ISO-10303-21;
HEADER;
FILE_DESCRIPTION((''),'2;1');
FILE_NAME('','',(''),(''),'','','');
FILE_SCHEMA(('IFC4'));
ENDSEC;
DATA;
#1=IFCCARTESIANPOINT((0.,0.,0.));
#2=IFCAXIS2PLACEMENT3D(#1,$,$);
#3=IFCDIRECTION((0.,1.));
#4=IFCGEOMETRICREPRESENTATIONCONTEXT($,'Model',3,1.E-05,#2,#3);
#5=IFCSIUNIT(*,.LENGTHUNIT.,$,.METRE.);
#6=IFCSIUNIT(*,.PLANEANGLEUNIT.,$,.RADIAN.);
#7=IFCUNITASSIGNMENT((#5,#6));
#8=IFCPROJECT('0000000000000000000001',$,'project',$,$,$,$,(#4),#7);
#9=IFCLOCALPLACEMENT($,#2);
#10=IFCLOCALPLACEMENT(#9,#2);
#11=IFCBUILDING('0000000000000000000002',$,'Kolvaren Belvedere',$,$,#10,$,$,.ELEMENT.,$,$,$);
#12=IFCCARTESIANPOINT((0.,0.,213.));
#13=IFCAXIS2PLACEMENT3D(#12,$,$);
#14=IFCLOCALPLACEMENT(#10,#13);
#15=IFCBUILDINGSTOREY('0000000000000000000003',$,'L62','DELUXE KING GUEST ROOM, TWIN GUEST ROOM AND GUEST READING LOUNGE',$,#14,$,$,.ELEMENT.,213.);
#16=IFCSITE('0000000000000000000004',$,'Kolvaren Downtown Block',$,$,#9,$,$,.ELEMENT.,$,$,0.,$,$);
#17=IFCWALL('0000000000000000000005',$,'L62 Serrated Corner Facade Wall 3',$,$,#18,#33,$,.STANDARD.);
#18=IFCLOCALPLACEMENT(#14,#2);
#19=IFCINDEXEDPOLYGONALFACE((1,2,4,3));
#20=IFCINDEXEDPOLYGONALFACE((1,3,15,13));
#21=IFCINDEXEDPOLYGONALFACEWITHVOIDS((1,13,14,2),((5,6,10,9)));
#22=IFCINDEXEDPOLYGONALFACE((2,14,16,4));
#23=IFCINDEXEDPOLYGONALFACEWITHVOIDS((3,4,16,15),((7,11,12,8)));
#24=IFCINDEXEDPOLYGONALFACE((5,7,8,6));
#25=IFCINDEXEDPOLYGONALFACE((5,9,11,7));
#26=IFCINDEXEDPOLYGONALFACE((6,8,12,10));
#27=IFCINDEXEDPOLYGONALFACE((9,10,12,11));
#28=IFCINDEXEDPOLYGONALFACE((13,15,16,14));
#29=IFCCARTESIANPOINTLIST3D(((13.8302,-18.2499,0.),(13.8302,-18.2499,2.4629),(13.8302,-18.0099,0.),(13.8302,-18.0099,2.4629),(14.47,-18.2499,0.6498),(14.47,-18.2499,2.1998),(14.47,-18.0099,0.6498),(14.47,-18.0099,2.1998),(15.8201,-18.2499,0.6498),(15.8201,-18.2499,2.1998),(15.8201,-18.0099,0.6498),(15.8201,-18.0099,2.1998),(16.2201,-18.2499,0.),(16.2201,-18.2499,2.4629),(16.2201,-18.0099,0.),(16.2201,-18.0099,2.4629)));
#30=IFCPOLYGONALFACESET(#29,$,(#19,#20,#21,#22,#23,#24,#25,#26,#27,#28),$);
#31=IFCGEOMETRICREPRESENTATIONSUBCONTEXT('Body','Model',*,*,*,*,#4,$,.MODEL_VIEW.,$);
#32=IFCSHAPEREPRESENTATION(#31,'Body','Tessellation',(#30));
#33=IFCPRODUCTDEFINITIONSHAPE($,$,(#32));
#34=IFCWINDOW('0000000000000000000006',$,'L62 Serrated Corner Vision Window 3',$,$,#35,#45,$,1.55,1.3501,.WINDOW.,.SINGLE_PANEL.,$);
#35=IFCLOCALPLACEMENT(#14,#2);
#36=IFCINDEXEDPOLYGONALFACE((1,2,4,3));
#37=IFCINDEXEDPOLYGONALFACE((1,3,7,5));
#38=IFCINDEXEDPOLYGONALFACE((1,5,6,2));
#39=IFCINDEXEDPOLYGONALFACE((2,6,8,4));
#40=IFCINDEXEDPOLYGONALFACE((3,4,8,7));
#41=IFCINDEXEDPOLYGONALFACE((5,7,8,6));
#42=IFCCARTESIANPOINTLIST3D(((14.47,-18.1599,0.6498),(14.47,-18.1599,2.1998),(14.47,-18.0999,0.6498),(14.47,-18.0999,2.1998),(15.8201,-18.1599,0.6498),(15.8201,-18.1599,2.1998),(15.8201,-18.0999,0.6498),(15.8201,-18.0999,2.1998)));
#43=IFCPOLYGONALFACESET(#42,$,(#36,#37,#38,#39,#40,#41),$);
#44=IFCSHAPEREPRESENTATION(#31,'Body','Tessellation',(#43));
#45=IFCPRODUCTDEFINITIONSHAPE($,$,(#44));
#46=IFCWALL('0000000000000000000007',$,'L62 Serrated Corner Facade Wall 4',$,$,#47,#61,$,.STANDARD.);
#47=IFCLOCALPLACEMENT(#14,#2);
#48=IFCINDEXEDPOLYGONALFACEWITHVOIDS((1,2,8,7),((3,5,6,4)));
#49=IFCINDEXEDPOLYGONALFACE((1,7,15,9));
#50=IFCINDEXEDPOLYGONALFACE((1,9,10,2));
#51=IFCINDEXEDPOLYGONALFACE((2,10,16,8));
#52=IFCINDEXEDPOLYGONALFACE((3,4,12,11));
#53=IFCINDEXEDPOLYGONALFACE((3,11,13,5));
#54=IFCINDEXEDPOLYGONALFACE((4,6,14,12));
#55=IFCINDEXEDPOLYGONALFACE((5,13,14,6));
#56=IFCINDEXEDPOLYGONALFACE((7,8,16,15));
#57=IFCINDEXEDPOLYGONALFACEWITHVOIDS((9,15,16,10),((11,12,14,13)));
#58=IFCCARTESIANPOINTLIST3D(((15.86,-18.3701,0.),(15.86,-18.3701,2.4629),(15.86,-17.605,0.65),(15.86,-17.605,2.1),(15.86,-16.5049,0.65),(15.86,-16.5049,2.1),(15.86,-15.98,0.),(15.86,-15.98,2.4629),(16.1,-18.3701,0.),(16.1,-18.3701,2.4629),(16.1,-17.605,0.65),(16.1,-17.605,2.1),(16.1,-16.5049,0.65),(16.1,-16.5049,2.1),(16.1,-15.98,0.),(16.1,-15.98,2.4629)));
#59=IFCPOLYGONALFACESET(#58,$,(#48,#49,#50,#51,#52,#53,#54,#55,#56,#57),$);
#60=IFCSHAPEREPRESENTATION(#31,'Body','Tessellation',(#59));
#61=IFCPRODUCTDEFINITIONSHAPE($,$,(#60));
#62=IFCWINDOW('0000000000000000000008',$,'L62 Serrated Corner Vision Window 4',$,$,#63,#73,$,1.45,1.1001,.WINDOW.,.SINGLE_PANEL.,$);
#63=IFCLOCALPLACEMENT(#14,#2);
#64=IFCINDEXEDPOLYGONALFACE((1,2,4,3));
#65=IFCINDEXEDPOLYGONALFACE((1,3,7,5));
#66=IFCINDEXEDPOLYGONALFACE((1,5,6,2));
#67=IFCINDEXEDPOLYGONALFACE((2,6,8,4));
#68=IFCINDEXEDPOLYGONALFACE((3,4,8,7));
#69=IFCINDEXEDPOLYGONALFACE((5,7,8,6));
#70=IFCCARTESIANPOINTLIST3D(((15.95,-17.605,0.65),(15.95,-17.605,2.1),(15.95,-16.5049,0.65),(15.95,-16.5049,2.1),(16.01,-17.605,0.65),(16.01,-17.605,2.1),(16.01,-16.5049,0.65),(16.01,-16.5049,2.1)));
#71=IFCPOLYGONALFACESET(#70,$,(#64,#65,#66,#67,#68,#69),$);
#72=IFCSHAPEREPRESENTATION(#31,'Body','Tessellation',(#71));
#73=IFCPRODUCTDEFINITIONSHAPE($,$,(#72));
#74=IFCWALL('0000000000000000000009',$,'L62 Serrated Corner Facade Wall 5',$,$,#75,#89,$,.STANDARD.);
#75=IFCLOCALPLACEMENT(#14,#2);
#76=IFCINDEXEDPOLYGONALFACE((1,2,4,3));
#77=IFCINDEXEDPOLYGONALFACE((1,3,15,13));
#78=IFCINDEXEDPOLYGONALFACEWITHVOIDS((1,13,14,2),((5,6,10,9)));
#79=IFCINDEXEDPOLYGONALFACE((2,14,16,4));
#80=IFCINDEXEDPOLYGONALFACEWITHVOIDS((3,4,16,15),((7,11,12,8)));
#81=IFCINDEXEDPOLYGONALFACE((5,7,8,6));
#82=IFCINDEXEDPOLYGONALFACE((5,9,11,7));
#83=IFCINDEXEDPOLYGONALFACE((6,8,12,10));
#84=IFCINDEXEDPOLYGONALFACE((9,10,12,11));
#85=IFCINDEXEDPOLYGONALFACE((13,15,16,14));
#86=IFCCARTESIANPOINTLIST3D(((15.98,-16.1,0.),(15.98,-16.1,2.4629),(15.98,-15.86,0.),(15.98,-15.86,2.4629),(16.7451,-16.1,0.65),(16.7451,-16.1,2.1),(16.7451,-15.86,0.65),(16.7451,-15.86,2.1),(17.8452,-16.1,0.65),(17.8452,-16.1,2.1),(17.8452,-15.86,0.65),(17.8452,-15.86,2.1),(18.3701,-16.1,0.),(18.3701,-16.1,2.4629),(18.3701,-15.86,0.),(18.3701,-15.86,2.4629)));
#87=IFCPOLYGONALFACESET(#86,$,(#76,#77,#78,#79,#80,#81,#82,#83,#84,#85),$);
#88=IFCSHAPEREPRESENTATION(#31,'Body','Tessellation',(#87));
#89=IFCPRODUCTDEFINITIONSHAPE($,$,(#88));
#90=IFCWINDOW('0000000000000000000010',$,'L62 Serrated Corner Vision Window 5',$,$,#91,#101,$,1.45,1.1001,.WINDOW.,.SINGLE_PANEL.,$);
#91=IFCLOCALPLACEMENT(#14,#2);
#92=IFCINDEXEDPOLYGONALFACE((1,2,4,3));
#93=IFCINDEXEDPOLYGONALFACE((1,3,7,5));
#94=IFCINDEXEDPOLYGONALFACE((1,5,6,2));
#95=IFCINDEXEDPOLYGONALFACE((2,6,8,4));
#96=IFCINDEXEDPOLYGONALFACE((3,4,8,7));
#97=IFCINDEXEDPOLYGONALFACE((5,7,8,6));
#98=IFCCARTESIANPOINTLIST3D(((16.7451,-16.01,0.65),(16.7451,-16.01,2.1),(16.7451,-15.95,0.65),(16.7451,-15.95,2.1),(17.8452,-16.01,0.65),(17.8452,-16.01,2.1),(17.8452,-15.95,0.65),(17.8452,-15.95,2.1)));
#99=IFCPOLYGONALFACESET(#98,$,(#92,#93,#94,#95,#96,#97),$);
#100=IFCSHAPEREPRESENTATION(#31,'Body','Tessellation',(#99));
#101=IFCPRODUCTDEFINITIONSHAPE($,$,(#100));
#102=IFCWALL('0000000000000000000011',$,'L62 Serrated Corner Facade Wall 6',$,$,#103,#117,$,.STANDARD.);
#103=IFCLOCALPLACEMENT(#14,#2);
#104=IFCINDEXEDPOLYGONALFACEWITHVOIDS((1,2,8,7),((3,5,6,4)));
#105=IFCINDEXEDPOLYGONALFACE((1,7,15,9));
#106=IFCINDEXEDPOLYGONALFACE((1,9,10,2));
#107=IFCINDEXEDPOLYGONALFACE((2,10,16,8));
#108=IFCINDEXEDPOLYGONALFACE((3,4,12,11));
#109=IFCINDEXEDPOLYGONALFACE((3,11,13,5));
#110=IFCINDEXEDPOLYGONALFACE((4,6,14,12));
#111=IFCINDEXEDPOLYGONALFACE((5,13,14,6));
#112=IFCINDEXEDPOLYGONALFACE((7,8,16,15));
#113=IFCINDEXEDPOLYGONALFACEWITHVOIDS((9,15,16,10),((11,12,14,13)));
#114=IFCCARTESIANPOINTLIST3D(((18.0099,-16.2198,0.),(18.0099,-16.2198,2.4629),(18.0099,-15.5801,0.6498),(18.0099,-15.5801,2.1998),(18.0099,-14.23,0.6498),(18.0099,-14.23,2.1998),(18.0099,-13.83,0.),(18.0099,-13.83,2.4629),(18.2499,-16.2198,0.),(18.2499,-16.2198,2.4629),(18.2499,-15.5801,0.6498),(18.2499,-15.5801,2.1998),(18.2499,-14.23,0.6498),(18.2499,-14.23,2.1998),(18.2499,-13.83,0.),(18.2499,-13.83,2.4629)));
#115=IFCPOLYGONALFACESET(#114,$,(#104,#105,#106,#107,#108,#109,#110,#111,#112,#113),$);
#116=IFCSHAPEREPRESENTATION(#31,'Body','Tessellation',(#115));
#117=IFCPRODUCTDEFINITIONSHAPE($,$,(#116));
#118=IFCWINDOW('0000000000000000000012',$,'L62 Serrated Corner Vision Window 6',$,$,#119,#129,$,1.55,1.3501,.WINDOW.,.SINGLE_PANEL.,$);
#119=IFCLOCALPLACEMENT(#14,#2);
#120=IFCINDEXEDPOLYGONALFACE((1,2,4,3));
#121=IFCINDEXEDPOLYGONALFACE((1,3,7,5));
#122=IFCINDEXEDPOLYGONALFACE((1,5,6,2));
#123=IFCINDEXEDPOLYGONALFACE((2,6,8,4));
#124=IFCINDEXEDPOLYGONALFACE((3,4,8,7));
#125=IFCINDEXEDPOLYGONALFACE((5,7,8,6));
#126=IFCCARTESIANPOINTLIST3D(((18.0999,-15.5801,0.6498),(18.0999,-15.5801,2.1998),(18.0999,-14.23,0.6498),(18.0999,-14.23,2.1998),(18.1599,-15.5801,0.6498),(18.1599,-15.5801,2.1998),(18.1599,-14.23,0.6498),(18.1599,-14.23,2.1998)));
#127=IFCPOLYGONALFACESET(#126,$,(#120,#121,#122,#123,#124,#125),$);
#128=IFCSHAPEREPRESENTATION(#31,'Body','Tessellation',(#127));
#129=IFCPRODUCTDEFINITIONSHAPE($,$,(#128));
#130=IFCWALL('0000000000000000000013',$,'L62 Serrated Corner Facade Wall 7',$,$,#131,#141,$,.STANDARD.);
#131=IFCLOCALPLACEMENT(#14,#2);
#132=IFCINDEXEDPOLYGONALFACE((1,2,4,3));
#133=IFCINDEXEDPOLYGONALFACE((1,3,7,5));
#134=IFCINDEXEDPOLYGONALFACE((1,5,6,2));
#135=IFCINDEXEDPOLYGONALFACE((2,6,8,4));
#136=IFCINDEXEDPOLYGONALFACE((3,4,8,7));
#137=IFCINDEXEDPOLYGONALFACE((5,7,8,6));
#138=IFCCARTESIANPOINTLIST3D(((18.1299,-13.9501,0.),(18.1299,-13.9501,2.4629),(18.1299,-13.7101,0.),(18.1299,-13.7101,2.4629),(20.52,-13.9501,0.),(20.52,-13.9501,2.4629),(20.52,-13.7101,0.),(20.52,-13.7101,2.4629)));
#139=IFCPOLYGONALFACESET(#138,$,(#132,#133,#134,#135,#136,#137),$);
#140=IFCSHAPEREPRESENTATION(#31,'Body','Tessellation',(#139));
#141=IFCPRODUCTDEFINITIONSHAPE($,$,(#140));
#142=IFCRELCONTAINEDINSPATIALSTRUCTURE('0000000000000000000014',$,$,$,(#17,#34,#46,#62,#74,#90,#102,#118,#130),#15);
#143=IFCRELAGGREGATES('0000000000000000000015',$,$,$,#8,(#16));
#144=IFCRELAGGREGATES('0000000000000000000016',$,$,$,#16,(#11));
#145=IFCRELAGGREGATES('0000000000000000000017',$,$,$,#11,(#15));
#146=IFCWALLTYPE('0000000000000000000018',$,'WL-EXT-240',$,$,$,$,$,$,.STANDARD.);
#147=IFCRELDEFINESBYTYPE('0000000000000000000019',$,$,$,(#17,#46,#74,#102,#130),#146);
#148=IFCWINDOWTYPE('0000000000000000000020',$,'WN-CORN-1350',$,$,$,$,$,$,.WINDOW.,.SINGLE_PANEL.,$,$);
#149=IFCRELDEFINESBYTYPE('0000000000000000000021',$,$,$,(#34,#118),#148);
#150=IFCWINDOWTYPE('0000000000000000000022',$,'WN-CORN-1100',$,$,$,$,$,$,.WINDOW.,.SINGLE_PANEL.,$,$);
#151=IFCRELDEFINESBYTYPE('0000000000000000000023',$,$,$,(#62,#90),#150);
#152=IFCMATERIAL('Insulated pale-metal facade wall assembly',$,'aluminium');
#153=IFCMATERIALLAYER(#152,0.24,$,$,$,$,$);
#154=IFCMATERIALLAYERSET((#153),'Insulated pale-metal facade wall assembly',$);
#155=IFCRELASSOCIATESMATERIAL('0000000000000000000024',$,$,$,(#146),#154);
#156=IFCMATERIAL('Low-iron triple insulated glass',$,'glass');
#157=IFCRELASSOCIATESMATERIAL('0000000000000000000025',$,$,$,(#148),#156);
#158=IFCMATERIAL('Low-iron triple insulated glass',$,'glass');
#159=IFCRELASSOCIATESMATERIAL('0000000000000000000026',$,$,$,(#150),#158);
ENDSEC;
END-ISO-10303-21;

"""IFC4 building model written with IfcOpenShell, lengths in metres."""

from ifc_helpers import new_model, si_unit, direction, frame, frame_2d, origin, place, context, subcontext, project, spatial, rectangle, extrude, material, layer, layer_set, type_object, element, fill, save


model = new_model("IFC4")

# Units and contexts
model_context = context("Model", 3, precision=1e-05, world=origin(), true_north=direction((0.0, 1.0)))
body_context = subcontext(model_context, "Body", "Model", "MODEL_VIEW")
ifc_project = project(units=[si_unit("LENGTHUNIT", "METRE"), si_unit("PLANEANGLEUNIT", "RADIAN")], contexts=[model_context])

# Site, building, storey
site_placement = place(None, origin())
site = spatial("IfcSite", under=ifc_project, at=site_placement, Name="Kolvaren Downtown Block", CompositionType="ELEMENT", RefElevation=0.0)
building_placement = place(site_placement, origin())
building = spatial("IfcBuilding", under=site, at=building_placement, Name="Kolvaren Belvedere", CompositionType="ELEMENT")
storey_placement = place(building_placement, frame((0.0, 0.0, 213.0)))
storey = spatial("IfcBuildingStorey", under=building, at=storey_placement, Name="L62", Description="DELUXE KING GUEST ROOM, TWIN GUEST ROOM AND GUEST READING LOUNGE", CompositionType="ELEMENT", Elevation=213.0)

# Shared definitions
ifc_material_1 = material(Name="Insulated pale-metal facade wall assembly", Category="aluminium")
ifc_layer = layer(ifc_material_1, 0.24)
ifc_layer_set = layer_set([ifc_layer], Name="Insulated pale-metal facade wall assembly")
wall_type = type_object("IfcWallType", Name="WL-EXT-240", PredefinedType="STANDARD", material=ifc_layer_set)

# Walls, openings, windows
wall_1_placement = place(storey_placement, frame((16.22, -18.1299, 0.0), z_axis=(0.0, 0.0, 1.0), x_axis=(-1.0, 0.0, 0.0)))
wall_1 = element("IfcWall", 1, at=wall_1_placement, inside=storey, type_object=wall_type, Name="L62 Serrated Corner Facade Wall 3", PredefinedType="STANDARD", context=body_context, shape_type="SweptSolid", body=[
    extrude(rectangle(XDim=2.3899, YDim=0.24, at=frame_2d((1.1948, 0.0))), origin(), (0.0, 0.0, 1.0), 2.4629),
])
opening_1_placement = place(wall_1_placement, frame((0.3999, 0.0, 0.6499)))
opening_1 = element("IfcOpeningElement", 2, at=opening_1_placement, cuts=wall_1, PredefinedType="OPENING", context=body_context, shape_type="SweptSolid", body=[
    extrude(rectangle(XDim=1.3501, YDim=1.55, at=frame_2d((0.675, 0.7749))), frame((0.0, 0.1299, 0.0), z_axis=(0.0, -1.0, 0.0), x_axis=(1.0, 0.0, 0.0)), (0.0, 0.0, 1.0), 0.26),
])
ifc_material_2 = material(Name="Low-iron triple insulated glass", Category="glass")
window_type_1 = type_object("IfcWindowType", Name="WN-CORN-1350", PartitioningType="SINGLE_PANEL", PredefinedType="WINDOW", material=ifc_material_2)
window_1_placement = place(opening_1_placement, origin())
window_1 = element("IfcWindow", 3, at=window_1_placement, inside=storey, type_object=window_type_1, Name="L62 Serrated Corner Vision Window 3", OverallHeight=1.55, OverallWidth=1.3501, PartitioningType="SINGLE_PANEL", PredefinedType="WINDOW", context=body_context, shape_type="SweptSolid", body=[
    extrude(rectangle(XDim=1.3501, YDim=1.55, at=frame_2d((0.675, 0.7749))), frame((0.0, 0.03, 0.0), z_axis=(0.0, -1.0, 0.0), x_axis=(1.0, 0.0, 0.0)), (0.0, 0.0, 1.0), 0.0601),
])
fill(opening_1, window_1)
wall_2_placement = place(storey_placement, frame((15.98, -15.98, 0.0), z_axis=(0.0, 0.0, 1.0), x_axis=(0.0, -1.0, 0.0)))
wall_2 = element("IfcWall", 4, at=wall_2_placement, inside=storey, type_object=wall_type, Name="L62 Serrated Corner Facade Wall 4", PredefinedType="STANDARD", context=body_context, shape_type="SweptSolid", body=[
    extrude(rectangle(XDim=2.3901, YDim=0.24, at=frame_2d((1.1951, 0.0))), origin(), (0.0, 0.0, 1.0), 2.4629),
])
opening_2_placement = place(wall_2_placement, frame((0.5249, 0.0, 0.6499)))
opening_2 = element("IfcOpeningElement", 5, at=opening_2_placement, cuts=wall_2, PredefinedType="OPENING", context=body_context, shape_type="SweptSolid", body=[
    extrude(rectangle(XDim=1.1001, YDim=1.45, at=frame_2d((0.55, 0.7251))), frame((0.0, 0.1299, 0.0), z_axis=(0.0, -1.0, 0.0), x_axis=(1.0, 0.0, 0.0)), (0.0, 0.0, 1.0), 0.26),
])
ifc_material_3 = material(Name="Low-iron triple insulated glass", Category="glass")
window_type_2 = type_object("IfcWindowType", Name="WN-CORN-1100", PartitioningType="SINGLE_PANEL", PredefinedType="WINDOW", material=ifc_material_3)
window_2_placement = place(opening_2_placement, origin())
window_2 = element("IfcWindow", 6, at=window_2_placement, inside=storey, type_object=window_type_2, Name="L62 Serrated Corner Vision Window 4", OverallHeight=1.45, OverallWidth=1.1001, PartitioningType="SINGLE_PANEL", PredefinedType="WINDOW", context=body_context, shape_type="SweptSolid", body=[
    extrude(rectangle(XDim=1.1001, YDim=1.45, at=frame_2d((0.55, 0.7251))), frame((0.0, 0.03, 0.0), z_axis=(0.0, -1.0, 0.0), x_axis=(1.0, 0.0, 0.0)), (0.0, 0.0, 1.0), 0.0601),
])
fill(opening_2, window_2)
wall_3_placement = place(storey_placement, frame((18.3701, -15.98, 0.0), z_axis=(0.0, 0.0, 1.0), x_axis=(-1.0, 0.0, 0.0)))
wall_3 = element("IfcWall", 7, at=wall_3_placement, inside=storey, type_object=wall_type, Name="L62 Serrated Corner Facade Wall 5", PredefinedType="STANDARD", context=body_context, shape_type="SweptSolid", body=[
    extrude(rectangle(XDim=2.3901, YDim=0.24, at=frame_2d((1.1951, 0.0))), origin(), (0.0, 0.0, 1.0), 2.4629),
])
opening_3_placement = place(wall_3_placement, frame((0.5249, 0.0, 0.6499)))
opening_3 = element("IfcOpeningElement", 8, at=opening_3_placement, cuts=wall_3, PredefinedType="OPENING", context=body_context, shape_type="SweptSolid", body=[
    extrude(rectangle(XDim=1.1001, YDim=1.45, at=frame_2d((0.55, 0.7251))), frame((0.0, 0.1299, 0.0), z_axis=(0.0, -1.0, 0.0), x_axis=(1.0, 0.0, 0.0)), (0.0, 0.0, 1.0), 0.26),
])
window_3_placement = place(opening_3_placement, origin())
window_3 = element("IfcWindow", 9, at=window_3_placement, inside=storey, type_object=window_type_2, Name="L62 Serrated Corner Vision Window 5", OverallHeight=1.45, OverallWidth=1.1001, PartitioningType="SINGLE_PANEL", PredefinedType="WINDOW", context=body_context, shape_type="SweptSolid", body=[
    extrude(rectangle(XDim=1.1001, YDim=1.45, at=frame_2d((0.55, 0.7251))), frame((0.0, 0.03, 0.0), z_axis=(0.0, -1.0, 0.0), x_axis=(1.0, 0.0, 0.0)), (0.0, 0.0, 1.0), 0.0601),
])
fill(opening_3, window_3)
wall_4_placement = place(storey_placement, frame((18.1299, -13.8301, 0.0), z_axis=(0.0, 0.0, 1.0), x_axis=(0.0, -1.0, 0.0)))
wall_4 = element("IfcWall", 10, at=wall_4_placement, inside=storey, type_object=wall_type, Name="L62 Serrated Corner Facade Wall 6", PredefinedType="STANDARD", context=body_context, shape_type="SweptSolid", body=[
    extrude(rectangle(XDim=2.3899, YDim=0.24, at=frame_2d((1.1948, 0.0))), origin(), (0.0, 0.0, 1.0), 2.4629),
])
opening_4_placement = place(wall_4_placement, frame((0.3999, 0.0, 0.6499)))
opening_4 = element("IfcOpeningElement", 11, at=opening_4_placement, cuts=wall_4, PredefinedType="OPENING", context=body_context, shape_type="SweptSolid", body=[
    extrude(rectangle(XDim=1.3501, YDim=1.55, at=frame_2d((0.675, 0.7749))), frame((0.0, 0.1299, 0.0), z_axis=(0.0, -1.0, 0.0), x_axis=(1.0, 0.0, 0.0)), (0.0, 0.0, 1.0), 0.26),
])
window_4_placement = place(opening_4_placement, origin())
window_4 = element("IfcWindow", 12, at=window_4_placement, inside=storey, type_object=window_type_1, Name="L62 Serrated Corner Vision Window 6", OverallHeight=1.55, OverallWidth=1.3501, PartitioningType="SINGLE_PANEL", PredefinedType="WINDOW", context=body_context, shape_type="SweptSolid", body=[
    extrude(rectangle(XDim=1.3501, YDim=1.55, at=frame_2d((0.675, 0.7749))), frame((0.0, 0.03, 0.0), z_axis=(0.0, -1.0, 0.0), x_axis=(1.0, 0.0, 0.0)), (0.0, 0.0, 1.0), 0.0601),
])
fill(opening_4, window_4)

# Wall
wall_5_placement = place(storey_placement, frame((20.52, -13.8301, 0.0), z_axis=(0.0, 0.0, 1.0), x_axis=(-1.0, 0.0, 0.0)))
element("IfcWall", 13, at=wall_5_placement, inside=storey, type_object=wall_type, Name="L62 Serrated Corner Facade Wall 7", PredefinedType="STANDARD", context=body_context, shape_type="SweptSolid", body=[
    extrude(rectangle(XDim=2.3901, YDim=0.24, at=frame_2d((1.1951, 0.0))), origin(), (0.0, 0.0, 1.0), 2.4629),
])

save(model, "model.ifc")
